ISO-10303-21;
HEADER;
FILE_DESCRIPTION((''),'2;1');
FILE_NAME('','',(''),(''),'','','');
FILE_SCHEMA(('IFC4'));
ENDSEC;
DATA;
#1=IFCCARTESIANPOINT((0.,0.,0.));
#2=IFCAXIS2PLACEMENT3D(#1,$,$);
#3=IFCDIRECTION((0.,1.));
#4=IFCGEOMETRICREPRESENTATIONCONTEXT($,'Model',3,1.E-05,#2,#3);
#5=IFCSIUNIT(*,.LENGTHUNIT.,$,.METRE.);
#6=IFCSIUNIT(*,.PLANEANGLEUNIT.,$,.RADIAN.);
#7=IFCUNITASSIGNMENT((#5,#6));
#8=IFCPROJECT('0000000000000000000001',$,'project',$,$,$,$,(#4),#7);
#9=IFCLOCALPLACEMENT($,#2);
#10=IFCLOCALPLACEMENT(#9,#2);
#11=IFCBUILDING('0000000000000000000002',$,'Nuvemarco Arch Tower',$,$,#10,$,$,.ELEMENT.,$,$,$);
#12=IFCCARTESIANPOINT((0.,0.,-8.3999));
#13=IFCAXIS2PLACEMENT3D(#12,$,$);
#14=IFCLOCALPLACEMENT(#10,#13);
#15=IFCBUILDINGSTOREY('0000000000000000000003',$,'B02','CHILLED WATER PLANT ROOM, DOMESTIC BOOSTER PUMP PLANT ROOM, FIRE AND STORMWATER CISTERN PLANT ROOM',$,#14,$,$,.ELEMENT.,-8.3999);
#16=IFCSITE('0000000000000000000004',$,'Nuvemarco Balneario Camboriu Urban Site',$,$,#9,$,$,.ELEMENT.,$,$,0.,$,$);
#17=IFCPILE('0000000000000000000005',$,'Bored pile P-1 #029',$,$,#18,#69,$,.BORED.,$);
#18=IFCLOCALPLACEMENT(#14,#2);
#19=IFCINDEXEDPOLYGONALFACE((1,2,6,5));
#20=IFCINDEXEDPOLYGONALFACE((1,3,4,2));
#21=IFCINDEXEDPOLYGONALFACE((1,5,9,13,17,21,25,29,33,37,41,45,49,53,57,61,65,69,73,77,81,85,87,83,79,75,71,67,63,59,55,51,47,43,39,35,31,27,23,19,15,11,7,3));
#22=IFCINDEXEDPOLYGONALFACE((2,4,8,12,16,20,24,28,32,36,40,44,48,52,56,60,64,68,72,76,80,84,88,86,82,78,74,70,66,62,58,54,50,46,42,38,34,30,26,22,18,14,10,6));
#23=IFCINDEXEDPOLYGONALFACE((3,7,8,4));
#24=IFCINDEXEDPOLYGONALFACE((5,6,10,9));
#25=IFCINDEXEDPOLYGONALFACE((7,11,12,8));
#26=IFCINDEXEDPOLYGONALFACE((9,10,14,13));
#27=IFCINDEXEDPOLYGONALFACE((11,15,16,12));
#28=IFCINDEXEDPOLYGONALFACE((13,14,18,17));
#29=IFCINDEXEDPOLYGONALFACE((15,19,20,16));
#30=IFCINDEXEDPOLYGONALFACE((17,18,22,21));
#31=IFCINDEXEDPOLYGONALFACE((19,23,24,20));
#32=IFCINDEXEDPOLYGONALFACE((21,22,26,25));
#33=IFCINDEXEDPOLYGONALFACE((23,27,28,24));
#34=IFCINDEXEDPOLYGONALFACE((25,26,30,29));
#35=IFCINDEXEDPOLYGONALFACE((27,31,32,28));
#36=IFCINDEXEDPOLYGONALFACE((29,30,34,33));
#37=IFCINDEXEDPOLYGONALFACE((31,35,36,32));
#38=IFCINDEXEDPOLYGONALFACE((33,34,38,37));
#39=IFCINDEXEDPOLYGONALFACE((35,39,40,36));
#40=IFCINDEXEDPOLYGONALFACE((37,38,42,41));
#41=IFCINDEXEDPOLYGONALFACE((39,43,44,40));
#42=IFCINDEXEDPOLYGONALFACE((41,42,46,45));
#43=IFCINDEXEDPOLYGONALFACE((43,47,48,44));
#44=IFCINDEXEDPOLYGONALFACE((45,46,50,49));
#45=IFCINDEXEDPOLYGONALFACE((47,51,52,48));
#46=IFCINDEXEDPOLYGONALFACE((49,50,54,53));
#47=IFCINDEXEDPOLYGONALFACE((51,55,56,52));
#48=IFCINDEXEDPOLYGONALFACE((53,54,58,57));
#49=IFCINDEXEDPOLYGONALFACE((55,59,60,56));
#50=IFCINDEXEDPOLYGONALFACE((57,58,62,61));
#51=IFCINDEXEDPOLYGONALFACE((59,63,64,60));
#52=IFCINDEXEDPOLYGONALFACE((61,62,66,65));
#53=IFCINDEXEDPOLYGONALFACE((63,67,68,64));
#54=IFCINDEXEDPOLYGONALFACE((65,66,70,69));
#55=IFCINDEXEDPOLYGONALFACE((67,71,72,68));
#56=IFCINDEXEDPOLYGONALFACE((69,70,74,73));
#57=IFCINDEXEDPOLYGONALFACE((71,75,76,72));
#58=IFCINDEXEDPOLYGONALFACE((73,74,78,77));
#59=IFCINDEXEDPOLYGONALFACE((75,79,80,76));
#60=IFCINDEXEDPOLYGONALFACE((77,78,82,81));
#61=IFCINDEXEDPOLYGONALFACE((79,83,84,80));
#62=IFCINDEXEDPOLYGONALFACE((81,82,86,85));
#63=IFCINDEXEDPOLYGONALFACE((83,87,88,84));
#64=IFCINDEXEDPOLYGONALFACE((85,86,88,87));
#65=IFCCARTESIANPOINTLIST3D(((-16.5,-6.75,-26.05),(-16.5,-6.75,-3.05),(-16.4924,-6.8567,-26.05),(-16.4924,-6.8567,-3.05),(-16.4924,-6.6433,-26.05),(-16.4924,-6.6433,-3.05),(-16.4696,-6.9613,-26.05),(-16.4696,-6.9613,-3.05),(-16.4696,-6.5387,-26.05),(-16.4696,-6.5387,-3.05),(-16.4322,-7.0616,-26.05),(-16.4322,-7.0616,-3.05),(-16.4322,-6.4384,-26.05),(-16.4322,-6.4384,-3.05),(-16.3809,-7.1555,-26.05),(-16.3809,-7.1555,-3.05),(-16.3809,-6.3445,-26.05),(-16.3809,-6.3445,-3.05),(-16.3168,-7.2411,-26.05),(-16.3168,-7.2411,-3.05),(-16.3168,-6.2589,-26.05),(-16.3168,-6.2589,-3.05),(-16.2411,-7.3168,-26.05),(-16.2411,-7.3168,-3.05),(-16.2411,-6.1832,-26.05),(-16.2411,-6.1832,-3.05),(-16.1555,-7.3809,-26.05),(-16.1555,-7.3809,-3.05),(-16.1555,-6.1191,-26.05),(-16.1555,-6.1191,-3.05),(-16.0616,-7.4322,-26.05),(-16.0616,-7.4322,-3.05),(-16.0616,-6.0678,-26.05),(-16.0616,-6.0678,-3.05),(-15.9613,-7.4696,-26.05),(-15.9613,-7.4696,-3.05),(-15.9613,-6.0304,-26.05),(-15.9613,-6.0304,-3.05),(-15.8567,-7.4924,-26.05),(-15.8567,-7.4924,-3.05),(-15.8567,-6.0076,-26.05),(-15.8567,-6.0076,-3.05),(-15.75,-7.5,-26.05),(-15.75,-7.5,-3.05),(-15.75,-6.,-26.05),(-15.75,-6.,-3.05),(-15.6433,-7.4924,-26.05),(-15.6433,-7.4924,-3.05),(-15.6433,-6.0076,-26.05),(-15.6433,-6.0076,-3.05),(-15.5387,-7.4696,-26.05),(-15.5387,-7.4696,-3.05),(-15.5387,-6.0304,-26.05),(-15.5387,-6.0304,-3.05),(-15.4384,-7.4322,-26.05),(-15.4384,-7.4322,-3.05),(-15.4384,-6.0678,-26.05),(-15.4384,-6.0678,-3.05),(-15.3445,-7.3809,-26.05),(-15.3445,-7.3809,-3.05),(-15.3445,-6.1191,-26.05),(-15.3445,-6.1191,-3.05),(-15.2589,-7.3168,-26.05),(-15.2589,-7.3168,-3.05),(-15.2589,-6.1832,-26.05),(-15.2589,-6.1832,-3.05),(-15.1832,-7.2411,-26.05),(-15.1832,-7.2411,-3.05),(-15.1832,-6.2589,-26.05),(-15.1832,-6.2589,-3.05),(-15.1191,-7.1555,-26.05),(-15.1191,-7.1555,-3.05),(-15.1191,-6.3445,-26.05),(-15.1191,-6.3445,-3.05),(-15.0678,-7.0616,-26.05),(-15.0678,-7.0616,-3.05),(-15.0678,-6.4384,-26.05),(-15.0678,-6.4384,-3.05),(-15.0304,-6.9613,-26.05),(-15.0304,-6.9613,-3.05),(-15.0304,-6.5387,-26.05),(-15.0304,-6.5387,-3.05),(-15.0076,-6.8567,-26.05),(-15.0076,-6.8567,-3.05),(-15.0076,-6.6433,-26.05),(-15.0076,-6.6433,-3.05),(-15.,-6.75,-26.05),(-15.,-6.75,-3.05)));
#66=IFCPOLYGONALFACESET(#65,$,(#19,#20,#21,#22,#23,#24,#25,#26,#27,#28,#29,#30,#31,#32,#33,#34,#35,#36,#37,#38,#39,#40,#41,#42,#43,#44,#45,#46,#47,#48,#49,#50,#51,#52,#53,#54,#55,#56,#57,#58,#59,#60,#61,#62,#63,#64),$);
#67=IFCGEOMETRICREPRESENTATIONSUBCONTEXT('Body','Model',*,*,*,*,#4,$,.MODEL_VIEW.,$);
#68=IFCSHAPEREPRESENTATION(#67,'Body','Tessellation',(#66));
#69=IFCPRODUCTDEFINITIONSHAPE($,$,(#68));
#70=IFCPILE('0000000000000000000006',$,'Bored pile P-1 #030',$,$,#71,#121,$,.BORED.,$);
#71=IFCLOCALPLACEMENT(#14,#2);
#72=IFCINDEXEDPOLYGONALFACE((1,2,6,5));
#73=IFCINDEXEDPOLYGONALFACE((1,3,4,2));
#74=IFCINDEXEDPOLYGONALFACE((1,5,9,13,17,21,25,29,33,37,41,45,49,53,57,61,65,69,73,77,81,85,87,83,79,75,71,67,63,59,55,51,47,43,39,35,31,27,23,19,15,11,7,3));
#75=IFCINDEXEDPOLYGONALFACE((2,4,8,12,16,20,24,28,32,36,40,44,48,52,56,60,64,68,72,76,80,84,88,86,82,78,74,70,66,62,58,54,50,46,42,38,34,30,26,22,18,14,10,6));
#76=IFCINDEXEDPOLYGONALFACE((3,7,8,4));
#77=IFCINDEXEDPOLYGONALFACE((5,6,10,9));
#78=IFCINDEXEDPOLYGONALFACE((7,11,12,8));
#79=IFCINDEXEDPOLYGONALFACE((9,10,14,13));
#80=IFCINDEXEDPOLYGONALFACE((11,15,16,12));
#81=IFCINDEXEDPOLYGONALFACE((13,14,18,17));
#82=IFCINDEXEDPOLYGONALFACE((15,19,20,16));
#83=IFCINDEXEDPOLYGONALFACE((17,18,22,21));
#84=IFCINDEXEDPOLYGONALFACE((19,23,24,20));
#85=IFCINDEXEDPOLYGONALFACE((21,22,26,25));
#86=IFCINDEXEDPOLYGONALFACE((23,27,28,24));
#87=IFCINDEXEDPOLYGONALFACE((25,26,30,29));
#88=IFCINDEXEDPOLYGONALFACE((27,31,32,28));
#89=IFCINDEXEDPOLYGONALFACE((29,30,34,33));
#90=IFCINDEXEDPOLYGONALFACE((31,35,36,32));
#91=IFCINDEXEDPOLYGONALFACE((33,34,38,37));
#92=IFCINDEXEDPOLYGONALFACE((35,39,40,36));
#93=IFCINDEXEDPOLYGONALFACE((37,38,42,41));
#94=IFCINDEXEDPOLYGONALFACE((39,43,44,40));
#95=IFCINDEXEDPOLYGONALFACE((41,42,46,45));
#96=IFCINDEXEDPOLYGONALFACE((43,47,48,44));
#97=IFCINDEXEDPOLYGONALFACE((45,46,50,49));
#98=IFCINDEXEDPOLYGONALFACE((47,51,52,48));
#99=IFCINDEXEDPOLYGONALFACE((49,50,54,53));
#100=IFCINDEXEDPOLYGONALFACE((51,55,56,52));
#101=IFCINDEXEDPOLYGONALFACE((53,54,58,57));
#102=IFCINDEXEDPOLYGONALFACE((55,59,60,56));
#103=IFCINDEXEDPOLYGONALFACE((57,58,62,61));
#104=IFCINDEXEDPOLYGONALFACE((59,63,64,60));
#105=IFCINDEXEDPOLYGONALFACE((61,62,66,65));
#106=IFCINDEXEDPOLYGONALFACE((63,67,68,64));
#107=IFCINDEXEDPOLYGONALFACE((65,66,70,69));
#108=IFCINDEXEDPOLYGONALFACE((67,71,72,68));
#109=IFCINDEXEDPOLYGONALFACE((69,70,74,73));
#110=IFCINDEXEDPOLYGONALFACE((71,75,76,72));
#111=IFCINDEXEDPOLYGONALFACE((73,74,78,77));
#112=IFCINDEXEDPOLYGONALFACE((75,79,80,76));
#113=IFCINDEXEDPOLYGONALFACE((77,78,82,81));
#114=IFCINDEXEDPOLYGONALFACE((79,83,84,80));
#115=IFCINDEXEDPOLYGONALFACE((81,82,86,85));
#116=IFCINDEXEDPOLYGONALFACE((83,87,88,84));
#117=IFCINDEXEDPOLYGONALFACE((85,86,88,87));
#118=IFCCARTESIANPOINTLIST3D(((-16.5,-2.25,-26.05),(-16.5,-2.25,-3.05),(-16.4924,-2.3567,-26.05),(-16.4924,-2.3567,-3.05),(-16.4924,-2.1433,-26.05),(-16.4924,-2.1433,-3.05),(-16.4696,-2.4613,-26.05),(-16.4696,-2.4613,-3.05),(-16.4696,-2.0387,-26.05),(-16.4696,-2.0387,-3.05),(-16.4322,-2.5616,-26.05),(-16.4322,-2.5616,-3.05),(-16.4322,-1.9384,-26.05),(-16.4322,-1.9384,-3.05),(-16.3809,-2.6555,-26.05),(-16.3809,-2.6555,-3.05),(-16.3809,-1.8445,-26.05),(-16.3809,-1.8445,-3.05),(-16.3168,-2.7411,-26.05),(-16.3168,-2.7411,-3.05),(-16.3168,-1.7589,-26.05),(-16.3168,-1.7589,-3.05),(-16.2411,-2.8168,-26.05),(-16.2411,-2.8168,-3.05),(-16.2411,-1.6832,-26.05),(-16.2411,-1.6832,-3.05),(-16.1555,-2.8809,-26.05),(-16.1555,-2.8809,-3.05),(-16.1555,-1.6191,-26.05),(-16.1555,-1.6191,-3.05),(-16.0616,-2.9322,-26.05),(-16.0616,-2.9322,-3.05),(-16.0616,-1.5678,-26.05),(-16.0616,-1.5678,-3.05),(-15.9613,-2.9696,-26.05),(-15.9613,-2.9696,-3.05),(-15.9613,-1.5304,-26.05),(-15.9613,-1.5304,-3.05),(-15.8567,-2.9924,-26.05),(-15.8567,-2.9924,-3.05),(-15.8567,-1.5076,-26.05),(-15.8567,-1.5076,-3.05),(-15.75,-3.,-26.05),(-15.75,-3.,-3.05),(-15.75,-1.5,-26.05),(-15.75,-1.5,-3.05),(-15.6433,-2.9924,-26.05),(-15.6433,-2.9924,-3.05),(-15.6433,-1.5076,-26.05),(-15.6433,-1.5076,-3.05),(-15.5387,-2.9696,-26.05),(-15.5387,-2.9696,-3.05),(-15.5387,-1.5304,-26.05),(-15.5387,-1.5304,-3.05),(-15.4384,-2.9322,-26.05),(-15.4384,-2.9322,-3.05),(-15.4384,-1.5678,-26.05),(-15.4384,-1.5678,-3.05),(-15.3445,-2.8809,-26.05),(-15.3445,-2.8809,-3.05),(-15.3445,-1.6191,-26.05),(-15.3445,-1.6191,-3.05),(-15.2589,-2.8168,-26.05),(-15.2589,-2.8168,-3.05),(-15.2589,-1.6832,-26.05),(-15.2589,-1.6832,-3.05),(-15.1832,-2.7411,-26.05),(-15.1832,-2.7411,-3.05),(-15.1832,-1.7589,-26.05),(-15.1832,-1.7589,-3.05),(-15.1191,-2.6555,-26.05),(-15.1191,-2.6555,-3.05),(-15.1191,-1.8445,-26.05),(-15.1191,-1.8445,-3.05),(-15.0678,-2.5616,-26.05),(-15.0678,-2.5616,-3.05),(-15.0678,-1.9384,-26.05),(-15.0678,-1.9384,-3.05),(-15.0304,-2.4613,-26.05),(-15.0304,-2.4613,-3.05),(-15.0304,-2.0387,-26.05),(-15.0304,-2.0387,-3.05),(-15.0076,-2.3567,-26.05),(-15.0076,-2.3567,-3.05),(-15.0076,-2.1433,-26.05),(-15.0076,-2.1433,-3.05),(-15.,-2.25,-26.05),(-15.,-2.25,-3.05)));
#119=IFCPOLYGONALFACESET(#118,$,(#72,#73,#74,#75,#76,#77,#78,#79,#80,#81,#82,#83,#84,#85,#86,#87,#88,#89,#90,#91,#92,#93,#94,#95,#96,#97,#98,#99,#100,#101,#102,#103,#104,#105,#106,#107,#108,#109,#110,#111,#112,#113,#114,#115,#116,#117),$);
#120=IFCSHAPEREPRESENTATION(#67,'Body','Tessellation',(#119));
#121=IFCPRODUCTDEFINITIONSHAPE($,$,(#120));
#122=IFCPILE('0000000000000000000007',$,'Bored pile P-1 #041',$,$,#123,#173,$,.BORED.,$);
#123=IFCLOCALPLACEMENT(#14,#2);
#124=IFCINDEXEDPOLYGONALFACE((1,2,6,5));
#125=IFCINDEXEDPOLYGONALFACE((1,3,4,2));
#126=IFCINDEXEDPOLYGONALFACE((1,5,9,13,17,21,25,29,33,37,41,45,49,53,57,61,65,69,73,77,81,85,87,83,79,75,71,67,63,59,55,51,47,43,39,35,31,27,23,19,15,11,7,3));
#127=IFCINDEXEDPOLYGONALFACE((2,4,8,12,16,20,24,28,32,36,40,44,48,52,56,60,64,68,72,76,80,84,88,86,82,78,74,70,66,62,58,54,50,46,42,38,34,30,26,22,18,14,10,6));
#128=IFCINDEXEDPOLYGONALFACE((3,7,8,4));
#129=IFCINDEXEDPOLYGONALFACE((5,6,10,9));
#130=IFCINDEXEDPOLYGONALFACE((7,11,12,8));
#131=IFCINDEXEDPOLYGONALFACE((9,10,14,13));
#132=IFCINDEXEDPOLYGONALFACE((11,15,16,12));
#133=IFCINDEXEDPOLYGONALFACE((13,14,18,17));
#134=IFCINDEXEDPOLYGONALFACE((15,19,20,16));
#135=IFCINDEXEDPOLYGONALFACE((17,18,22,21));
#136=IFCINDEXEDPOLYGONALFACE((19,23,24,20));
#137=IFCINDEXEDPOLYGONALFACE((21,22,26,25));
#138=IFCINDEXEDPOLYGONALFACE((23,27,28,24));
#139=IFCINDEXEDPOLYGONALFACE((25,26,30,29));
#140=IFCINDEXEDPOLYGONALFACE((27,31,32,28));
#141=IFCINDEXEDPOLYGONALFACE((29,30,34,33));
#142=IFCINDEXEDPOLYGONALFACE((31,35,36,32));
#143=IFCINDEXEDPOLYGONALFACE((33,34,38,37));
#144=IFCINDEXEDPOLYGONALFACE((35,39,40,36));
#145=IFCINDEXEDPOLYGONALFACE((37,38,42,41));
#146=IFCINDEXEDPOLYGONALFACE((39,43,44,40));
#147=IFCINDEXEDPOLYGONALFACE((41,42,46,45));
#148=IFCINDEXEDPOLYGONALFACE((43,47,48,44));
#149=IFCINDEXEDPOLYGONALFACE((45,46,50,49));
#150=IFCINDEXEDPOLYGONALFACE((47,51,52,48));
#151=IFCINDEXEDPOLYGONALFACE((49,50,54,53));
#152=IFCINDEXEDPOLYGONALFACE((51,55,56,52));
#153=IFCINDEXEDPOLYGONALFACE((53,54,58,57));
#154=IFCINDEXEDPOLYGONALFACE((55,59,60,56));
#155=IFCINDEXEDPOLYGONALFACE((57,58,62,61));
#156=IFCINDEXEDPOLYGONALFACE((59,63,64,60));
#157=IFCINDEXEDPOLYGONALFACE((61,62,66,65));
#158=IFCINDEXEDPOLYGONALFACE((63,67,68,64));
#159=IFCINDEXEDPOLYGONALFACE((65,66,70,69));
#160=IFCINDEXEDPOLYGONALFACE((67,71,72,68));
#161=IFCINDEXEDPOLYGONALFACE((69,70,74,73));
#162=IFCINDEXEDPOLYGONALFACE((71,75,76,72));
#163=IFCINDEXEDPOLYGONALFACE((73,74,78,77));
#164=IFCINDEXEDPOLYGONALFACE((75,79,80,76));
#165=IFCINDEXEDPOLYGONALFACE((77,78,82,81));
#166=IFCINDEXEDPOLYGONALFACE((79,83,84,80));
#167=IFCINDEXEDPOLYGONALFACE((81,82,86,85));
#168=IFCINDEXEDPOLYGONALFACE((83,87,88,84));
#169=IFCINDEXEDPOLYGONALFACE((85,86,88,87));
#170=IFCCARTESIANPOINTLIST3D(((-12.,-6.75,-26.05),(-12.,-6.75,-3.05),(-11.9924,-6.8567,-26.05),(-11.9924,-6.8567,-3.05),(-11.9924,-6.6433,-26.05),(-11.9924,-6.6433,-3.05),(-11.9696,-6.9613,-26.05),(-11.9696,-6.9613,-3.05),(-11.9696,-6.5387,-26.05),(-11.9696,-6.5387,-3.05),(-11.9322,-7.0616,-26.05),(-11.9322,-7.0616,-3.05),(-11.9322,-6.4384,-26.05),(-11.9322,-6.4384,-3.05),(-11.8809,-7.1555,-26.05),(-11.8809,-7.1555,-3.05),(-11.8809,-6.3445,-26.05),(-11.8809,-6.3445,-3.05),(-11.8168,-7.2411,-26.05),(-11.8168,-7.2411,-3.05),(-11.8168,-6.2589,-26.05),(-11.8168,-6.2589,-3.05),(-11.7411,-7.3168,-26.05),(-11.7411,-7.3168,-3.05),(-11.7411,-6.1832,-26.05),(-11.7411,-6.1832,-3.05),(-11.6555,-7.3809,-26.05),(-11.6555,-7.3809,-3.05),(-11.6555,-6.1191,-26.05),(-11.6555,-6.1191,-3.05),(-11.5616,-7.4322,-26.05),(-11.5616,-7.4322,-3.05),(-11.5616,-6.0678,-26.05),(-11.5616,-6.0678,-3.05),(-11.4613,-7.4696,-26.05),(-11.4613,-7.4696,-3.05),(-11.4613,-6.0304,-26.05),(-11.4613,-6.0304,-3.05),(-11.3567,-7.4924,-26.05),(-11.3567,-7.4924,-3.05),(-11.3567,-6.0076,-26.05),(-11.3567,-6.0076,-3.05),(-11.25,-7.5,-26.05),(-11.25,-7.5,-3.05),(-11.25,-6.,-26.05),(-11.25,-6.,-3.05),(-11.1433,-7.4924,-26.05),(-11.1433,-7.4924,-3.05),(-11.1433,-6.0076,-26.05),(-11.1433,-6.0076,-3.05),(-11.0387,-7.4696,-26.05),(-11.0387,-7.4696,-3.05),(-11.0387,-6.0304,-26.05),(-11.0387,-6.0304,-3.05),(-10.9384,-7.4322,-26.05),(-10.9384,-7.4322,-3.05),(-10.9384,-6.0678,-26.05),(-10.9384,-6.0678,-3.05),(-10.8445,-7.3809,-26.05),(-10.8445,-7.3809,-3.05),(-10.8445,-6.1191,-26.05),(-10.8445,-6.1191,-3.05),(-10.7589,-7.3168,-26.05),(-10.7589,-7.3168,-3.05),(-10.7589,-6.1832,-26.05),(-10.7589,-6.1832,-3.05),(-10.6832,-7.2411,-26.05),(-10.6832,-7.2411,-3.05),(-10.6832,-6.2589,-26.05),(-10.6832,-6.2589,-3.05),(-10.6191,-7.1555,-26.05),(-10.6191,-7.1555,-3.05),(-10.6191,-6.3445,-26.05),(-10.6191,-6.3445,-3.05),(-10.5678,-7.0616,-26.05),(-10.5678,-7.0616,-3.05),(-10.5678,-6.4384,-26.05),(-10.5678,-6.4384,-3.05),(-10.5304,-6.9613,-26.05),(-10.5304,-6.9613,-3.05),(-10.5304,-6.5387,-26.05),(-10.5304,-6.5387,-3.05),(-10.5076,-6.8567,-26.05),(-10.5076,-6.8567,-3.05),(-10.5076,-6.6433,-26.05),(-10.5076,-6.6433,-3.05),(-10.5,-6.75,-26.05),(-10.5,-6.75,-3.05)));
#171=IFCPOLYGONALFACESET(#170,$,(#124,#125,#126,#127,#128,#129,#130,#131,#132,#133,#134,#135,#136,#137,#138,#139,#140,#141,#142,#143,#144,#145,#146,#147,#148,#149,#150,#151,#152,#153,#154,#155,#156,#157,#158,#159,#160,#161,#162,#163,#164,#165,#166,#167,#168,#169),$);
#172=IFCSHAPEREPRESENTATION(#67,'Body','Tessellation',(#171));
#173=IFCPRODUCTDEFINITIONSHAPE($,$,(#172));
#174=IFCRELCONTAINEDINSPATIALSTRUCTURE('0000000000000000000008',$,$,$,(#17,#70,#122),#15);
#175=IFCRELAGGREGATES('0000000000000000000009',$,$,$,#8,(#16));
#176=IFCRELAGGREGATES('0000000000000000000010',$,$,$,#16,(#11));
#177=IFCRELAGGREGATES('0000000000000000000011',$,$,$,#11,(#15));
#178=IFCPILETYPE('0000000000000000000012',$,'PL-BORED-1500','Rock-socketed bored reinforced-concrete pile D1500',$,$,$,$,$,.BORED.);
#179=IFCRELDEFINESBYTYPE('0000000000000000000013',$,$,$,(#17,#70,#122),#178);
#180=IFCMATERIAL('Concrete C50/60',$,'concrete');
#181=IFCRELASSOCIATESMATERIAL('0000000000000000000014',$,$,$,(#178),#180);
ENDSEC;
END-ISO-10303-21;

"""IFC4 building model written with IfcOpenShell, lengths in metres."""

from ifc_helpers import new_model, si_unit, direction, frame, origin, origin_2d, place, context, subcontext, project, spatial, circle, extrude, material, material_profile, profile_set, type_object, element, save


model = new_model("IFC4")

# Units and contexts
model_context = context("Model", 3, precision=1e-05, world=origin(), true_north=direction((0.0, 1.0)))
body_context = subcontext(model_context, "Body", "Model", "MODEL_VIEW")
ifc_project = project(units=[si_unit("LENGTHUNIT", "METRE"), si_unit("PLANEANGLEUNIT", "RADIAN")], contexts=[model_context])

# Site, building, storey
site_placement = place(None, origin())
site = spatial("IfcSite", under=ifc_project, at=site_placement, Name="Nuvemarco Balneario Camboriu Urban Site", CompositionType="ELEMENT", RefElevation=0.0)
building_placement = place(site_placement, origin())
building = spatial("IfcBuilding", under=site, at=building_placement, Name="Nuvemarco Arch Tower", CompositionType="ELEMENT")
storey_placement = place(building_placement, frame((0.0, 0.0, -8.3999)))
storey = spatial("IfcBuildingStorey", under=building, at=storey_placement, Name="B02", Description="CHILLED WATER PLANT ROOM, DOMESTIC BOOSTER PUMP PLANT ROOM, FIRE AND STORMWATER CISTERN PLANT ROOM", CompositionType="ELEMENT", Elevation=-8.3999)

# Piles
ifc_material_1 = material(Name="Concrete C50/60", Category="concrete")
ifc_material_profile_1 = material_profile(ifc_material_1, circle(Radius=0.75, at=origin_2d()), Name="PILE-D1500")
ifc_profile_set_1 = profile_set([ifc_material_profile_1], Name="Concrete C50/60")
pile_type = type_object("IfcPileType", Name="PL-BORED-1500", Description="Rock-socketed bored reinforced-concrete pile D1500", PredefinedType="BORED", material=ifc_profile_set_1)
for number, where, z_axis, x_axis, name in (
    (1, (-15.75, -6.75, -3.05), (0.0, 0.0, -1.0), (1.0, 0.0, 0.0), "Bored pile P-1 #029"),
    (2, (-15.75, -2.25, -3.05), (0.0, 0.0, -1.0), (1.0, 0.0, 0.0), "Bored pile P-1 #030"),
    (3, (-11.25, -6.75, -3.05), (0.0, 0.0, -1.0), (1.0, 0.0, 0.0), "Bored pile P-1 #041"),
):
    element("IfcPile", number, at=place(storey_placement, frame(where, z_axis=z_axis, x_axis=x_axis)), inside=storey, type_object=pile_type, Name=name, PredefinedType="BORED", context=body_context, shape_type="SweptSolid", body=[
        extrude(circle(Radius=0.75, at=origin_2d()), origin(), (0.0, 0.0, 1.0), 23.0),
    ])

save(model, "model.ifc")
